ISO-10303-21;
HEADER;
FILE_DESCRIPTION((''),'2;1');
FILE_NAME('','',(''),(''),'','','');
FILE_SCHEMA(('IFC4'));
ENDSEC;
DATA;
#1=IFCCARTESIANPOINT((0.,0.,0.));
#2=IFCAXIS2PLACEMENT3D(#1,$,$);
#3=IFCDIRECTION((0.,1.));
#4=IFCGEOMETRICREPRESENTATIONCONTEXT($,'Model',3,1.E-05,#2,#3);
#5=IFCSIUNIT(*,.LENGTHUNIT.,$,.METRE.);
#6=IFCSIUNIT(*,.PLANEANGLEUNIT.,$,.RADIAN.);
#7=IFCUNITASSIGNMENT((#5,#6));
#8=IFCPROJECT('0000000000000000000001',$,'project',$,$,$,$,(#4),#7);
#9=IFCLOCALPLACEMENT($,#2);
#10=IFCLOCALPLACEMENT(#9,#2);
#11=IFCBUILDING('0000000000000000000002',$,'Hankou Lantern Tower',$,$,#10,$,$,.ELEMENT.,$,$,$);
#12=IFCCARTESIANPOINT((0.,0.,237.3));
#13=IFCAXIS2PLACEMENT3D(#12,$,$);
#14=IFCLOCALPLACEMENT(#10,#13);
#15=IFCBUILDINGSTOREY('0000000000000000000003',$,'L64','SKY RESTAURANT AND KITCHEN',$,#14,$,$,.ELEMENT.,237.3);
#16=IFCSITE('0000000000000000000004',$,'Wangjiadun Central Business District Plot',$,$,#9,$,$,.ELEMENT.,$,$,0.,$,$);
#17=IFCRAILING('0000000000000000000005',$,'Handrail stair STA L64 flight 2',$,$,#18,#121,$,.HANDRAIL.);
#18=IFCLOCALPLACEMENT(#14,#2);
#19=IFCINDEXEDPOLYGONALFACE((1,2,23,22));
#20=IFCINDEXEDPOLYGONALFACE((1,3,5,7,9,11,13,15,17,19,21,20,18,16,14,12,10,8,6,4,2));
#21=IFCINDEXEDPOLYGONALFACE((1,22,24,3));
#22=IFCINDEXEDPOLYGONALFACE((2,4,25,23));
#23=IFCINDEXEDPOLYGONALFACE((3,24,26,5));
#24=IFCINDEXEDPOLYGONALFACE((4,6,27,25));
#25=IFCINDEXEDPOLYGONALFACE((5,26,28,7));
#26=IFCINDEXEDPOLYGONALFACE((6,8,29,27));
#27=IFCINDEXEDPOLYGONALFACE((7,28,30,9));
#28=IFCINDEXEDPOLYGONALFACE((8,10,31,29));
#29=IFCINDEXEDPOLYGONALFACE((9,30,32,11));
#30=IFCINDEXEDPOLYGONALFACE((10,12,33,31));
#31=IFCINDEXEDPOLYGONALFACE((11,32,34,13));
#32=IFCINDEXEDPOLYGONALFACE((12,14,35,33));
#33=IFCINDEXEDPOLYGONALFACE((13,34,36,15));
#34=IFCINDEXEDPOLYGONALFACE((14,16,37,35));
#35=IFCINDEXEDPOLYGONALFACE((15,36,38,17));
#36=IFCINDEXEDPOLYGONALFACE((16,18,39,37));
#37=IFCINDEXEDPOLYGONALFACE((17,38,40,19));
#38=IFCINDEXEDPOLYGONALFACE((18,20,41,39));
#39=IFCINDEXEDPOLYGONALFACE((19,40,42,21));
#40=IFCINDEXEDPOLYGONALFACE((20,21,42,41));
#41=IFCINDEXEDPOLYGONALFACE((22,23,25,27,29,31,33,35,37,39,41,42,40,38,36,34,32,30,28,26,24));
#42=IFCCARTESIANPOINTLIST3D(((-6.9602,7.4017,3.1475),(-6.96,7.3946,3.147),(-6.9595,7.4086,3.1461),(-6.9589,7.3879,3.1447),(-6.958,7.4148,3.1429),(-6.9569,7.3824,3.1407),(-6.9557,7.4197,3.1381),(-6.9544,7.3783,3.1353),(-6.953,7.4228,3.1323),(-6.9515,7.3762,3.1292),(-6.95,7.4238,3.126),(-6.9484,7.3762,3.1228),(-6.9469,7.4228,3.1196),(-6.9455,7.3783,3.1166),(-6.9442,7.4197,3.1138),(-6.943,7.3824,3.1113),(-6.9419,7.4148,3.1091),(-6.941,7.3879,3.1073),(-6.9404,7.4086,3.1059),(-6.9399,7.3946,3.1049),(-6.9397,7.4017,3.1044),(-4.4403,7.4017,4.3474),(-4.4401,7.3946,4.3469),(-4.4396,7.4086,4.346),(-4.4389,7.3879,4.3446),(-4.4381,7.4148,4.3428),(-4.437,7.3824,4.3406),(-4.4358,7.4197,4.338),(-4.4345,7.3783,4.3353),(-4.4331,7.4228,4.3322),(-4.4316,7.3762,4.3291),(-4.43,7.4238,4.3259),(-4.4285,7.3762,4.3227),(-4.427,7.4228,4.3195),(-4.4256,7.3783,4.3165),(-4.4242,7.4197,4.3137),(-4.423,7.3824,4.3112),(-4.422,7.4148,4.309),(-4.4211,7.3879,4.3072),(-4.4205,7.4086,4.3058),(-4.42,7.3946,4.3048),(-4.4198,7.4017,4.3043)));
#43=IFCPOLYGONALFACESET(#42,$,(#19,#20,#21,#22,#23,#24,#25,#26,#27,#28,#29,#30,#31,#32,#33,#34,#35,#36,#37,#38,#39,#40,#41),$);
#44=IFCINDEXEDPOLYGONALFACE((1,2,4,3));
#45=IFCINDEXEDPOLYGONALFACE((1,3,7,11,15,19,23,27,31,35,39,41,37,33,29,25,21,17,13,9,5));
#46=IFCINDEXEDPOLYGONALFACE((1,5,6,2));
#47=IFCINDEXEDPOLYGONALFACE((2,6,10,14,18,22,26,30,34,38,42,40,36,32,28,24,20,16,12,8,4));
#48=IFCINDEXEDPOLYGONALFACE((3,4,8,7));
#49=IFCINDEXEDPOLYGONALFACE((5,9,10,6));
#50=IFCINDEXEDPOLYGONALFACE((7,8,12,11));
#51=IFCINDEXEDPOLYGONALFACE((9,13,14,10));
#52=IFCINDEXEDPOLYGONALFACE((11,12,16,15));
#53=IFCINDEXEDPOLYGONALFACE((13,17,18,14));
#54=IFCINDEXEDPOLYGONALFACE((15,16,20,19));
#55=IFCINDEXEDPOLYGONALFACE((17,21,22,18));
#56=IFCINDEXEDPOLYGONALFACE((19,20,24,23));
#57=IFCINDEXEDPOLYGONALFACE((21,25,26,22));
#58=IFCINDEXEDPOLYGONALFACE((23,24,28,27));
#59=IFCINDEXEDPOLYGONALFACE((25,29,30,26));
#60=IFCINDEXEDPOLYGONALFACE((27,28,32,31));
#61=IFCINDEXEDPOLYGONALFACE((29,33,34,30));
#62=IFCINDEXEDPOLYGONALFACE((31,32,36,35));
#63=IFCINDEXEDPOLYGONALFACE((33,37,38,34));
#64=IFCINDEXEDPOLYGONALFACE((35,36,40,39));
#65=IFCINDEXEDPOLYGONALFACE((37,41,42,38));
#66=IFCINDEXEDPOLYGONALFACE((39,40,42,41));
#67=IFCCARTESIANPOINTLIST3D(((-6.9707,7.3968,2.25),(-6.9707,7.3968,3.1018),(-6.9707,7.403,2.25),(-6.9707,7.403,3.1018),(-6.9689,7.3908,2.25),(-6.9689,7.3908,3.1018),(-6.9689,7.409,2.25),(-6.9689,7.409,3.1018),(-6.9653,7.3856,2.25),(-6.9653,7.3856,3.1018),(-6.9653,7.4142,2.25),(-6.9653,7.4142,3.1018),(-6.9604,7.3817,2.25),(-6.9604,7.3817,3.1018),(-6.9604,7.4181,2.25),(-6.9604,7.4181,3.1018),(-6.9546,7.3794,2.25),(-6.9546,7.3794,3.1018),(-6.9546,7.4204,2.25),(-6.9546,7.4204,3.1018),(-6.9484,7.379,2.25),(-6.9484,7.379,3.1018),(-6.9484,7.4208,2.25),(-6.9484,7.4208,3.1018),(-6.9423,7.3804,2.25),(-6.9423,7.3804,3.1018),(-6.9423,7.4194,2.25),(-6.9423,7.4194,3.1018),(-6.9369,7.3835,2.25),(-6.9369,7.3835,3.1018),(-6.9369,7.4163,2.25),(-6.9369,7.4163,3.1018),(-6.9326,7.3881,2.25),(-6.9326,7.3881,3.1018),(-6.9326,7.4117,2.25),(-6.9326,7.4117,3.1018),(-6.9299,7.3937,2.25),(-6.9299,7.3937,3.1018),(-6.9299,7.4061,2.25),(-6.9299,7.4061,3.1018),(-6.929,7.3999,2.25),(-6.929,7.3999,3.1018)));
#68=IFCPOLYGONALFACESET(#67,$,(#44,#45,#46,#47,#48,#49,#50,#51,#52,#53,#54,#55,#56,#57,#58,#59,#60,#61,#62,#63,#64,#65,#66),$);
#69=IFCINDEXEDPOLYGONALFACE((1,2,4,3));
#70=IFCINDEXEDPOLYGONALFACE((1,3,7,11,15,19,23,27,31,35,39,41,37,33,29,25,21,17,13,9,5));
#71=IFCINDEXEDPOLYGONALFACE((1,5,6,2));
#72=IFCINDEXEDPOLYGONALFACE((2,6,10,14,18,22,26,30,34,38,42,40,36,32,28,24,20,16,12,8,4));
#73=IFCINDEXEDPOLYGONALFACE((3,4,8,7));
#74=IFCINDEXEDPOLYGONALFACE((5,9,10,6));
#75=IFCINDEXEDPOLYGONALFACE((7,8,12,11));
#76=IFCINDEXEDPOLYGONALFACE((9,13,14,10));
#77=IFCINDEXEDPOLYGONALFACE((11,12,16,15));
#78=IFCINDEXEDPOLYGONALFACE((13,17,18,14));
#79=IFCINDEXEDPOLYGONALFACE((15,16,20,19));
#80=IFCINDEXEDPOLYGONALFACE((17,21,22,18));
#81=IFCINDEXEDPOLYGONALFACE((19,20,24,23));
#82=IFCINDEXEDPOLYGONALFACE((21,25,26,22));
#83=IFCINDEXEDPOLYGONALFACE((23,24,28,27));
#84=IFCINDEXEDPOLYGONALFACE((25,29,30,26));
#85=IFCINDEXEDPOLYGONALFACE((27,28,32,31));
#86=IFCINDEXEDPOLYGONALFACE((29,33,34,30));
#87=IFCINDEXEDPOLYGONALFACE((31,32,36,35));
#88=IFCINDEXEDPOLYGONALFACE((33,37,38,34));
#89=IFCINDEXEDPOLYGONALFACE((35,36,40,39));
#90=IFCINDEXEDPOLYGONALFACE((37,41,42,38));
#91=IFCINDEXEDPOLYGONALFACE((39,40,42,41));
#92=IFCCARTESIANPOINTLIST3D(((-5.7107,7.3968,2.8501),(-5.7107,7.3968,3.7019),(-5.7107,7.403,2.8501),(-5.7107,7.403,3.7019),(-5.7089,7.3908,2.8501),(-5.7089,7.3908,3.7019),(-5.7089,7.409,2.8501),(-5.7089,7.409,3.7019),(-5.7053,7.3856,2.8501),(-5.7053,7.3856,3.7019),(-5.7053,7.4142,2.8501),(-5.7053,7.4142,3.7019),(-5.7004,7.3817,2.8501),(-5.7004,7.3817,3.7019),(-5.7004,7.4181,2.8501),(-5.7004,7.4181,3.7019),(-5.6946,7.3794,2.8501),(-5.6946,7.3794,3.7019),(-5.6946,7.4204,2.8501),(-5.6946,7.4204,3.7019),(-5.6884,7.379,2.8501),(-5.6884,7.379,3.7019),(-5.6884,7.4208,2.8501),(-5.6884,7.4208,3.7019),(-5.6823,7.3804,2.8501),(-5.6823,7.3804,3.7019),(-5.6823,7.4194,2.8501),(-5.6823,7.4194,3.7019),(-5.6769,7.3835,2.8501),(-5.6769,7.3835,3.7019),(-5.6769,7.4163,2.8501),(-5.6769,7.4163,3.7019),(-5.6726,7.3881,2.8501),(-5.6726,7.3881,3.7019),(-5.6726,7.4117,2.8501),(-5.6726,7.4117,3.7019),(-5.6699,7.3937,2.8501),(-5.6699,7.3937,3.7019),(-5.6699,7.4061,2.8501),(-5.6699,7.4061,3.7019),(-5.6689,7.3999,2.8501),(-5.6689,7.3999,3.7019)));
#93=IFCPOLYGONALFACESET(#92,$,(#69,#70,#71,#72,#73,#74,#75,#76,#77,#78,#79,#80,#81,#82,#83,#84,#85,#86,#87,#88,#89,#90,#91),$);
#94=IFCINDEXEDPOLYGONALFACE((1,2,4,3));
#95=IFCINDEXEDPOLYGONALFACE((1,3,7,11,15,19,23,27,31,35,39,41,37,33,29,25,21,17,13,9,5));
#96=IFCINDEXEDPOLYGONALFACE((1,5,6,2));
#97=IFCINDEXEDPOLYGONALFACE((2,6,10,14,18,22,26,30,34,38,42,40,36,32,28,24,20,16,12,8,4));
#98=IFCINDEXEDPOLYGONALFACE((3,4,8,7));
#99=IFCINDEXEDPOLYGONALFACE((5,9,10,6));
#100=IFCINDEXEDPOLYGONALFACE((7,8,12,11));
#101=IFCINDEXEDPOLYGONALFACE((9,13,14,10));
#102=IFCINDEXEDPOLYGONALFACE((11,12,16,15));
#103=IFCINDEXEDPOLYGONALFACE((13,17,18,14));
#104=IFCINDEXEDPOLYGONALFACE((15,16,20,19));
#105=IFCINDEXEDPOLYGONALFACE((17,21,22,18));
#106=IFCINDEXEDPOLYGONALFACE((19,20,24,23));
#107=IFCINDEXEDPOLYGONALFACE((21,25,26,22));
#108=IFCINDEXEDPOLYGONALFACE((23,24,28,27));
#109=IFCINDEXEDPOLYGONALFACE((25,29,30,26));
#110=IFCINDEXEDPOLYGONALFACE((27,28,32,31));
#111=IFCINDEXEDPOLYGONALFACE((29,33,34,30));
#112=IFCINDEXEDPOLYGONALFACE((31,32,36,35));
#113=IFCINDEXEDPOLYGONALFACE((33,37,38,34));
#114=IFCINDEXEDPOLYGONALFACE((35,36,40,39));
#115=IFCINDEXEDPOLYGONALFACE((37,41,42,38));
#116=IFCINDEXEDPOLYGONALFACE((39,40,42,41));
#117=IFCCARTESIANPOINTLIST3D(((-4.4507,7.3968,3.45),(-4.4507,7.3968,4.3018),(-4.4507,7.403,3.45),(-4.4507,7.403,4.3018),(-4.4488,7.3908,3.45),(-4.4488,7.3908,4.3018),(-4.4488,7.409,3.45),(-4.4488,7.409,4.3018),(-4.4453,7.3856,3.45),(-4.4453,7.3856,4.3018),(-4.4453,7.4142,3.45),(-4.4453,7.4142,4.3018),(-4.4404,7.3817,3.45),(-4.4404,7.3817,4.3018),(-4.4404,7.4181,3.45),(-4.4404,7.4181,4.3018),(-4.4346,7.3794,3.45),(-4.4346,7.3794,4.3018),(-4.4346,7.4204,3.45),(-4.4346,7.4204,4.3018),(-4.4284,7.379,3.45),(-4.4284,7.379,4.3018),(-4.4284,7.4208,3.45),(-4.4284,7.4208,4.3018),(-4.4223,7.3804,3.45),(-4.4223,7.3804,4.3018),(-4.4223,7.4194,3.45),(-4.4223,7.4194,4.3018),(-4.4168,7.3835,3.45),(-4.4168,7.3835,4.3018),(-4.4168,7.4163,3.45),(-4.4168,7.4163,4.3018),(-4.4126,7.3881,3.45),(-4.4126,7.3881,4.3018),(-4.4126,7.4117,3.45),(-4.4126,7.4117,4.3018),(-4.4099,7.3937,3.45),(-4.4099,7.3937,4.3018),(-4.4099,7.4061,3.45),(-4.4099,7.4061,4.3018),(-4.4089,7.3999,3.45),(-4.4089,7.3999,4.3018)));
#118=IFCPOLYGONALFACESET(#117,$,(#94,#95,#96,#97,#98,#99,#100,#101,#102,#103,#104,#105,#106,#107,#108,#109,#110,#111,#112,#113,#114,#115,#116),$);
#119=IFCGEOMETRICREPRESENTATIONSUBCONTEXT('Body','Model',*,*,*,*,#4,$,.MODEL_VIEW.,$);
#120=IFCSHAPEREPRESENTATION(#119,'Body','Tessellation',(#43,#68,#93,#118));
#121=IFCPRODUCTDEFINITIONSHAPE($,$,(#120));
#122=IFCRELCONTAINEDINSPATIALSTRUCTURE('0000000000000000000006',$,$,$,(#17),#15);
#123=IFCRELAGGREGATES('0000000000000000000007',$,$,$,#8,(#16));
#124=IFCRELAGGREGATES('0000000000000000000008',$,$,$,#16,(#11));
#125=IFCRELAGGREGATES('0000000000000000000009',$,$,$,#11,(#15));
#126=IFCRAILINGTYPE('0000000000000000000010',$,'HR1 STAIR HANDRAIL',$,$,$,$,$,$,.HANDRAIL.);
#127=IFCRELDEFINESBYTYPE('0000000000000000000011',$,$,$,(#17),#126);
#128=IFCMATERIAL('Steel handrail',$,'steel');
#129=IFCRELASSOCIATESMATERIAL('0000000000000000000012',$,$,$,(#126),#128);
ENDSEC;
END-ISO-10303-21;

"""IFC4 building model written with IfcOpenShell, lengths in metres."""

from ifc_helpers import new_model, si_unit, direction, frame, origin, origin_2d, place, context, subcontext, project, spatial, circle, extrude, material, type_object, element, save


model = new_model("IFC4")

# Units and contexts
model_context = context("Model", 3, precision=1e-05, world=origin(), true_north=direction((0.0, 1.0)))
body_context = subcontext(model_context, "Body", "Model", "MODEL_VIEW")
ifc_project = project(units=[si_unit("LENGTHUNIT", "METRE"), si_unit("PLANEANGLEUNIT", "RADIAN")], contexts=[model_context])

# Site, building, storey
site_placement = place(None, origin())
site = spatial("IfcSite", under=ifc_project, at=site_placement, Name="Wangjiadun Central Business District Plot", CompositionType="ELEMENT", RefElevation=0.0)
building_placement = place(site_placement, origin())
building = spatial("IfcBuilding", under=site, at=building_placement, Name="Hankou Lantern Tower", CompositionType="ELEMENT")
storey_placement = place(building_placement, frame((0.0, 0.0, 237.3)))
storey = spatial("IfcBuildingStorey", under=building, at=storey_placement, Name="L64", Description="SKY RESTAURANT AND KITCHEN", CompositionType="ELEMENT", Elevation=237.3)

# Railing
ifc_material_1 = material(Name="Steel handrail", Category="steel")
railing_type = type_object("IfcRailingType", Name="HR1 STAIR HANDRAIL", PredefinedType="HANDRAIL", material=ifc_material_1)
railing_1_placement = place(storey_placement, frame((-6.95, 7.3999, 2.25)))
element("IfcRailing", 1, at=railing_1_placement, inside=storey, type_object=railing_type, Name="Handrail stair STA L64 flight 2", PredefinedType="HANDRAIL", context=body_context, shape_type="SweptSolid", body=[
    extrude(circle(Radius=0.0239, at=origin_2d()), frame((0.0, 0.0, 0.876), z_axis=(0.902869, 0.0, 0.429917), x_axis=(0.0, 1.0, 0.0)), (0.0, 0.0, 1.0), 2.791),
    extrude(circle(Radius=0.021, at=origin_2d()), origin(), (0.0, 0.0, 1.0), 0.8518),
    extrude(circle(Radius=0.021, at=origin_2d()), frame((1.26, 0.0, 0.6001)), (0.0, 0.0, 1.0), 0.8518),
    extrude(circle(Radius=0.021, at=origin_2d()), frame((2.52, 0.0, 1.2)), (0.0, 0.0, 1.0), 0.8518),
])

save(model, "model.ifc")
